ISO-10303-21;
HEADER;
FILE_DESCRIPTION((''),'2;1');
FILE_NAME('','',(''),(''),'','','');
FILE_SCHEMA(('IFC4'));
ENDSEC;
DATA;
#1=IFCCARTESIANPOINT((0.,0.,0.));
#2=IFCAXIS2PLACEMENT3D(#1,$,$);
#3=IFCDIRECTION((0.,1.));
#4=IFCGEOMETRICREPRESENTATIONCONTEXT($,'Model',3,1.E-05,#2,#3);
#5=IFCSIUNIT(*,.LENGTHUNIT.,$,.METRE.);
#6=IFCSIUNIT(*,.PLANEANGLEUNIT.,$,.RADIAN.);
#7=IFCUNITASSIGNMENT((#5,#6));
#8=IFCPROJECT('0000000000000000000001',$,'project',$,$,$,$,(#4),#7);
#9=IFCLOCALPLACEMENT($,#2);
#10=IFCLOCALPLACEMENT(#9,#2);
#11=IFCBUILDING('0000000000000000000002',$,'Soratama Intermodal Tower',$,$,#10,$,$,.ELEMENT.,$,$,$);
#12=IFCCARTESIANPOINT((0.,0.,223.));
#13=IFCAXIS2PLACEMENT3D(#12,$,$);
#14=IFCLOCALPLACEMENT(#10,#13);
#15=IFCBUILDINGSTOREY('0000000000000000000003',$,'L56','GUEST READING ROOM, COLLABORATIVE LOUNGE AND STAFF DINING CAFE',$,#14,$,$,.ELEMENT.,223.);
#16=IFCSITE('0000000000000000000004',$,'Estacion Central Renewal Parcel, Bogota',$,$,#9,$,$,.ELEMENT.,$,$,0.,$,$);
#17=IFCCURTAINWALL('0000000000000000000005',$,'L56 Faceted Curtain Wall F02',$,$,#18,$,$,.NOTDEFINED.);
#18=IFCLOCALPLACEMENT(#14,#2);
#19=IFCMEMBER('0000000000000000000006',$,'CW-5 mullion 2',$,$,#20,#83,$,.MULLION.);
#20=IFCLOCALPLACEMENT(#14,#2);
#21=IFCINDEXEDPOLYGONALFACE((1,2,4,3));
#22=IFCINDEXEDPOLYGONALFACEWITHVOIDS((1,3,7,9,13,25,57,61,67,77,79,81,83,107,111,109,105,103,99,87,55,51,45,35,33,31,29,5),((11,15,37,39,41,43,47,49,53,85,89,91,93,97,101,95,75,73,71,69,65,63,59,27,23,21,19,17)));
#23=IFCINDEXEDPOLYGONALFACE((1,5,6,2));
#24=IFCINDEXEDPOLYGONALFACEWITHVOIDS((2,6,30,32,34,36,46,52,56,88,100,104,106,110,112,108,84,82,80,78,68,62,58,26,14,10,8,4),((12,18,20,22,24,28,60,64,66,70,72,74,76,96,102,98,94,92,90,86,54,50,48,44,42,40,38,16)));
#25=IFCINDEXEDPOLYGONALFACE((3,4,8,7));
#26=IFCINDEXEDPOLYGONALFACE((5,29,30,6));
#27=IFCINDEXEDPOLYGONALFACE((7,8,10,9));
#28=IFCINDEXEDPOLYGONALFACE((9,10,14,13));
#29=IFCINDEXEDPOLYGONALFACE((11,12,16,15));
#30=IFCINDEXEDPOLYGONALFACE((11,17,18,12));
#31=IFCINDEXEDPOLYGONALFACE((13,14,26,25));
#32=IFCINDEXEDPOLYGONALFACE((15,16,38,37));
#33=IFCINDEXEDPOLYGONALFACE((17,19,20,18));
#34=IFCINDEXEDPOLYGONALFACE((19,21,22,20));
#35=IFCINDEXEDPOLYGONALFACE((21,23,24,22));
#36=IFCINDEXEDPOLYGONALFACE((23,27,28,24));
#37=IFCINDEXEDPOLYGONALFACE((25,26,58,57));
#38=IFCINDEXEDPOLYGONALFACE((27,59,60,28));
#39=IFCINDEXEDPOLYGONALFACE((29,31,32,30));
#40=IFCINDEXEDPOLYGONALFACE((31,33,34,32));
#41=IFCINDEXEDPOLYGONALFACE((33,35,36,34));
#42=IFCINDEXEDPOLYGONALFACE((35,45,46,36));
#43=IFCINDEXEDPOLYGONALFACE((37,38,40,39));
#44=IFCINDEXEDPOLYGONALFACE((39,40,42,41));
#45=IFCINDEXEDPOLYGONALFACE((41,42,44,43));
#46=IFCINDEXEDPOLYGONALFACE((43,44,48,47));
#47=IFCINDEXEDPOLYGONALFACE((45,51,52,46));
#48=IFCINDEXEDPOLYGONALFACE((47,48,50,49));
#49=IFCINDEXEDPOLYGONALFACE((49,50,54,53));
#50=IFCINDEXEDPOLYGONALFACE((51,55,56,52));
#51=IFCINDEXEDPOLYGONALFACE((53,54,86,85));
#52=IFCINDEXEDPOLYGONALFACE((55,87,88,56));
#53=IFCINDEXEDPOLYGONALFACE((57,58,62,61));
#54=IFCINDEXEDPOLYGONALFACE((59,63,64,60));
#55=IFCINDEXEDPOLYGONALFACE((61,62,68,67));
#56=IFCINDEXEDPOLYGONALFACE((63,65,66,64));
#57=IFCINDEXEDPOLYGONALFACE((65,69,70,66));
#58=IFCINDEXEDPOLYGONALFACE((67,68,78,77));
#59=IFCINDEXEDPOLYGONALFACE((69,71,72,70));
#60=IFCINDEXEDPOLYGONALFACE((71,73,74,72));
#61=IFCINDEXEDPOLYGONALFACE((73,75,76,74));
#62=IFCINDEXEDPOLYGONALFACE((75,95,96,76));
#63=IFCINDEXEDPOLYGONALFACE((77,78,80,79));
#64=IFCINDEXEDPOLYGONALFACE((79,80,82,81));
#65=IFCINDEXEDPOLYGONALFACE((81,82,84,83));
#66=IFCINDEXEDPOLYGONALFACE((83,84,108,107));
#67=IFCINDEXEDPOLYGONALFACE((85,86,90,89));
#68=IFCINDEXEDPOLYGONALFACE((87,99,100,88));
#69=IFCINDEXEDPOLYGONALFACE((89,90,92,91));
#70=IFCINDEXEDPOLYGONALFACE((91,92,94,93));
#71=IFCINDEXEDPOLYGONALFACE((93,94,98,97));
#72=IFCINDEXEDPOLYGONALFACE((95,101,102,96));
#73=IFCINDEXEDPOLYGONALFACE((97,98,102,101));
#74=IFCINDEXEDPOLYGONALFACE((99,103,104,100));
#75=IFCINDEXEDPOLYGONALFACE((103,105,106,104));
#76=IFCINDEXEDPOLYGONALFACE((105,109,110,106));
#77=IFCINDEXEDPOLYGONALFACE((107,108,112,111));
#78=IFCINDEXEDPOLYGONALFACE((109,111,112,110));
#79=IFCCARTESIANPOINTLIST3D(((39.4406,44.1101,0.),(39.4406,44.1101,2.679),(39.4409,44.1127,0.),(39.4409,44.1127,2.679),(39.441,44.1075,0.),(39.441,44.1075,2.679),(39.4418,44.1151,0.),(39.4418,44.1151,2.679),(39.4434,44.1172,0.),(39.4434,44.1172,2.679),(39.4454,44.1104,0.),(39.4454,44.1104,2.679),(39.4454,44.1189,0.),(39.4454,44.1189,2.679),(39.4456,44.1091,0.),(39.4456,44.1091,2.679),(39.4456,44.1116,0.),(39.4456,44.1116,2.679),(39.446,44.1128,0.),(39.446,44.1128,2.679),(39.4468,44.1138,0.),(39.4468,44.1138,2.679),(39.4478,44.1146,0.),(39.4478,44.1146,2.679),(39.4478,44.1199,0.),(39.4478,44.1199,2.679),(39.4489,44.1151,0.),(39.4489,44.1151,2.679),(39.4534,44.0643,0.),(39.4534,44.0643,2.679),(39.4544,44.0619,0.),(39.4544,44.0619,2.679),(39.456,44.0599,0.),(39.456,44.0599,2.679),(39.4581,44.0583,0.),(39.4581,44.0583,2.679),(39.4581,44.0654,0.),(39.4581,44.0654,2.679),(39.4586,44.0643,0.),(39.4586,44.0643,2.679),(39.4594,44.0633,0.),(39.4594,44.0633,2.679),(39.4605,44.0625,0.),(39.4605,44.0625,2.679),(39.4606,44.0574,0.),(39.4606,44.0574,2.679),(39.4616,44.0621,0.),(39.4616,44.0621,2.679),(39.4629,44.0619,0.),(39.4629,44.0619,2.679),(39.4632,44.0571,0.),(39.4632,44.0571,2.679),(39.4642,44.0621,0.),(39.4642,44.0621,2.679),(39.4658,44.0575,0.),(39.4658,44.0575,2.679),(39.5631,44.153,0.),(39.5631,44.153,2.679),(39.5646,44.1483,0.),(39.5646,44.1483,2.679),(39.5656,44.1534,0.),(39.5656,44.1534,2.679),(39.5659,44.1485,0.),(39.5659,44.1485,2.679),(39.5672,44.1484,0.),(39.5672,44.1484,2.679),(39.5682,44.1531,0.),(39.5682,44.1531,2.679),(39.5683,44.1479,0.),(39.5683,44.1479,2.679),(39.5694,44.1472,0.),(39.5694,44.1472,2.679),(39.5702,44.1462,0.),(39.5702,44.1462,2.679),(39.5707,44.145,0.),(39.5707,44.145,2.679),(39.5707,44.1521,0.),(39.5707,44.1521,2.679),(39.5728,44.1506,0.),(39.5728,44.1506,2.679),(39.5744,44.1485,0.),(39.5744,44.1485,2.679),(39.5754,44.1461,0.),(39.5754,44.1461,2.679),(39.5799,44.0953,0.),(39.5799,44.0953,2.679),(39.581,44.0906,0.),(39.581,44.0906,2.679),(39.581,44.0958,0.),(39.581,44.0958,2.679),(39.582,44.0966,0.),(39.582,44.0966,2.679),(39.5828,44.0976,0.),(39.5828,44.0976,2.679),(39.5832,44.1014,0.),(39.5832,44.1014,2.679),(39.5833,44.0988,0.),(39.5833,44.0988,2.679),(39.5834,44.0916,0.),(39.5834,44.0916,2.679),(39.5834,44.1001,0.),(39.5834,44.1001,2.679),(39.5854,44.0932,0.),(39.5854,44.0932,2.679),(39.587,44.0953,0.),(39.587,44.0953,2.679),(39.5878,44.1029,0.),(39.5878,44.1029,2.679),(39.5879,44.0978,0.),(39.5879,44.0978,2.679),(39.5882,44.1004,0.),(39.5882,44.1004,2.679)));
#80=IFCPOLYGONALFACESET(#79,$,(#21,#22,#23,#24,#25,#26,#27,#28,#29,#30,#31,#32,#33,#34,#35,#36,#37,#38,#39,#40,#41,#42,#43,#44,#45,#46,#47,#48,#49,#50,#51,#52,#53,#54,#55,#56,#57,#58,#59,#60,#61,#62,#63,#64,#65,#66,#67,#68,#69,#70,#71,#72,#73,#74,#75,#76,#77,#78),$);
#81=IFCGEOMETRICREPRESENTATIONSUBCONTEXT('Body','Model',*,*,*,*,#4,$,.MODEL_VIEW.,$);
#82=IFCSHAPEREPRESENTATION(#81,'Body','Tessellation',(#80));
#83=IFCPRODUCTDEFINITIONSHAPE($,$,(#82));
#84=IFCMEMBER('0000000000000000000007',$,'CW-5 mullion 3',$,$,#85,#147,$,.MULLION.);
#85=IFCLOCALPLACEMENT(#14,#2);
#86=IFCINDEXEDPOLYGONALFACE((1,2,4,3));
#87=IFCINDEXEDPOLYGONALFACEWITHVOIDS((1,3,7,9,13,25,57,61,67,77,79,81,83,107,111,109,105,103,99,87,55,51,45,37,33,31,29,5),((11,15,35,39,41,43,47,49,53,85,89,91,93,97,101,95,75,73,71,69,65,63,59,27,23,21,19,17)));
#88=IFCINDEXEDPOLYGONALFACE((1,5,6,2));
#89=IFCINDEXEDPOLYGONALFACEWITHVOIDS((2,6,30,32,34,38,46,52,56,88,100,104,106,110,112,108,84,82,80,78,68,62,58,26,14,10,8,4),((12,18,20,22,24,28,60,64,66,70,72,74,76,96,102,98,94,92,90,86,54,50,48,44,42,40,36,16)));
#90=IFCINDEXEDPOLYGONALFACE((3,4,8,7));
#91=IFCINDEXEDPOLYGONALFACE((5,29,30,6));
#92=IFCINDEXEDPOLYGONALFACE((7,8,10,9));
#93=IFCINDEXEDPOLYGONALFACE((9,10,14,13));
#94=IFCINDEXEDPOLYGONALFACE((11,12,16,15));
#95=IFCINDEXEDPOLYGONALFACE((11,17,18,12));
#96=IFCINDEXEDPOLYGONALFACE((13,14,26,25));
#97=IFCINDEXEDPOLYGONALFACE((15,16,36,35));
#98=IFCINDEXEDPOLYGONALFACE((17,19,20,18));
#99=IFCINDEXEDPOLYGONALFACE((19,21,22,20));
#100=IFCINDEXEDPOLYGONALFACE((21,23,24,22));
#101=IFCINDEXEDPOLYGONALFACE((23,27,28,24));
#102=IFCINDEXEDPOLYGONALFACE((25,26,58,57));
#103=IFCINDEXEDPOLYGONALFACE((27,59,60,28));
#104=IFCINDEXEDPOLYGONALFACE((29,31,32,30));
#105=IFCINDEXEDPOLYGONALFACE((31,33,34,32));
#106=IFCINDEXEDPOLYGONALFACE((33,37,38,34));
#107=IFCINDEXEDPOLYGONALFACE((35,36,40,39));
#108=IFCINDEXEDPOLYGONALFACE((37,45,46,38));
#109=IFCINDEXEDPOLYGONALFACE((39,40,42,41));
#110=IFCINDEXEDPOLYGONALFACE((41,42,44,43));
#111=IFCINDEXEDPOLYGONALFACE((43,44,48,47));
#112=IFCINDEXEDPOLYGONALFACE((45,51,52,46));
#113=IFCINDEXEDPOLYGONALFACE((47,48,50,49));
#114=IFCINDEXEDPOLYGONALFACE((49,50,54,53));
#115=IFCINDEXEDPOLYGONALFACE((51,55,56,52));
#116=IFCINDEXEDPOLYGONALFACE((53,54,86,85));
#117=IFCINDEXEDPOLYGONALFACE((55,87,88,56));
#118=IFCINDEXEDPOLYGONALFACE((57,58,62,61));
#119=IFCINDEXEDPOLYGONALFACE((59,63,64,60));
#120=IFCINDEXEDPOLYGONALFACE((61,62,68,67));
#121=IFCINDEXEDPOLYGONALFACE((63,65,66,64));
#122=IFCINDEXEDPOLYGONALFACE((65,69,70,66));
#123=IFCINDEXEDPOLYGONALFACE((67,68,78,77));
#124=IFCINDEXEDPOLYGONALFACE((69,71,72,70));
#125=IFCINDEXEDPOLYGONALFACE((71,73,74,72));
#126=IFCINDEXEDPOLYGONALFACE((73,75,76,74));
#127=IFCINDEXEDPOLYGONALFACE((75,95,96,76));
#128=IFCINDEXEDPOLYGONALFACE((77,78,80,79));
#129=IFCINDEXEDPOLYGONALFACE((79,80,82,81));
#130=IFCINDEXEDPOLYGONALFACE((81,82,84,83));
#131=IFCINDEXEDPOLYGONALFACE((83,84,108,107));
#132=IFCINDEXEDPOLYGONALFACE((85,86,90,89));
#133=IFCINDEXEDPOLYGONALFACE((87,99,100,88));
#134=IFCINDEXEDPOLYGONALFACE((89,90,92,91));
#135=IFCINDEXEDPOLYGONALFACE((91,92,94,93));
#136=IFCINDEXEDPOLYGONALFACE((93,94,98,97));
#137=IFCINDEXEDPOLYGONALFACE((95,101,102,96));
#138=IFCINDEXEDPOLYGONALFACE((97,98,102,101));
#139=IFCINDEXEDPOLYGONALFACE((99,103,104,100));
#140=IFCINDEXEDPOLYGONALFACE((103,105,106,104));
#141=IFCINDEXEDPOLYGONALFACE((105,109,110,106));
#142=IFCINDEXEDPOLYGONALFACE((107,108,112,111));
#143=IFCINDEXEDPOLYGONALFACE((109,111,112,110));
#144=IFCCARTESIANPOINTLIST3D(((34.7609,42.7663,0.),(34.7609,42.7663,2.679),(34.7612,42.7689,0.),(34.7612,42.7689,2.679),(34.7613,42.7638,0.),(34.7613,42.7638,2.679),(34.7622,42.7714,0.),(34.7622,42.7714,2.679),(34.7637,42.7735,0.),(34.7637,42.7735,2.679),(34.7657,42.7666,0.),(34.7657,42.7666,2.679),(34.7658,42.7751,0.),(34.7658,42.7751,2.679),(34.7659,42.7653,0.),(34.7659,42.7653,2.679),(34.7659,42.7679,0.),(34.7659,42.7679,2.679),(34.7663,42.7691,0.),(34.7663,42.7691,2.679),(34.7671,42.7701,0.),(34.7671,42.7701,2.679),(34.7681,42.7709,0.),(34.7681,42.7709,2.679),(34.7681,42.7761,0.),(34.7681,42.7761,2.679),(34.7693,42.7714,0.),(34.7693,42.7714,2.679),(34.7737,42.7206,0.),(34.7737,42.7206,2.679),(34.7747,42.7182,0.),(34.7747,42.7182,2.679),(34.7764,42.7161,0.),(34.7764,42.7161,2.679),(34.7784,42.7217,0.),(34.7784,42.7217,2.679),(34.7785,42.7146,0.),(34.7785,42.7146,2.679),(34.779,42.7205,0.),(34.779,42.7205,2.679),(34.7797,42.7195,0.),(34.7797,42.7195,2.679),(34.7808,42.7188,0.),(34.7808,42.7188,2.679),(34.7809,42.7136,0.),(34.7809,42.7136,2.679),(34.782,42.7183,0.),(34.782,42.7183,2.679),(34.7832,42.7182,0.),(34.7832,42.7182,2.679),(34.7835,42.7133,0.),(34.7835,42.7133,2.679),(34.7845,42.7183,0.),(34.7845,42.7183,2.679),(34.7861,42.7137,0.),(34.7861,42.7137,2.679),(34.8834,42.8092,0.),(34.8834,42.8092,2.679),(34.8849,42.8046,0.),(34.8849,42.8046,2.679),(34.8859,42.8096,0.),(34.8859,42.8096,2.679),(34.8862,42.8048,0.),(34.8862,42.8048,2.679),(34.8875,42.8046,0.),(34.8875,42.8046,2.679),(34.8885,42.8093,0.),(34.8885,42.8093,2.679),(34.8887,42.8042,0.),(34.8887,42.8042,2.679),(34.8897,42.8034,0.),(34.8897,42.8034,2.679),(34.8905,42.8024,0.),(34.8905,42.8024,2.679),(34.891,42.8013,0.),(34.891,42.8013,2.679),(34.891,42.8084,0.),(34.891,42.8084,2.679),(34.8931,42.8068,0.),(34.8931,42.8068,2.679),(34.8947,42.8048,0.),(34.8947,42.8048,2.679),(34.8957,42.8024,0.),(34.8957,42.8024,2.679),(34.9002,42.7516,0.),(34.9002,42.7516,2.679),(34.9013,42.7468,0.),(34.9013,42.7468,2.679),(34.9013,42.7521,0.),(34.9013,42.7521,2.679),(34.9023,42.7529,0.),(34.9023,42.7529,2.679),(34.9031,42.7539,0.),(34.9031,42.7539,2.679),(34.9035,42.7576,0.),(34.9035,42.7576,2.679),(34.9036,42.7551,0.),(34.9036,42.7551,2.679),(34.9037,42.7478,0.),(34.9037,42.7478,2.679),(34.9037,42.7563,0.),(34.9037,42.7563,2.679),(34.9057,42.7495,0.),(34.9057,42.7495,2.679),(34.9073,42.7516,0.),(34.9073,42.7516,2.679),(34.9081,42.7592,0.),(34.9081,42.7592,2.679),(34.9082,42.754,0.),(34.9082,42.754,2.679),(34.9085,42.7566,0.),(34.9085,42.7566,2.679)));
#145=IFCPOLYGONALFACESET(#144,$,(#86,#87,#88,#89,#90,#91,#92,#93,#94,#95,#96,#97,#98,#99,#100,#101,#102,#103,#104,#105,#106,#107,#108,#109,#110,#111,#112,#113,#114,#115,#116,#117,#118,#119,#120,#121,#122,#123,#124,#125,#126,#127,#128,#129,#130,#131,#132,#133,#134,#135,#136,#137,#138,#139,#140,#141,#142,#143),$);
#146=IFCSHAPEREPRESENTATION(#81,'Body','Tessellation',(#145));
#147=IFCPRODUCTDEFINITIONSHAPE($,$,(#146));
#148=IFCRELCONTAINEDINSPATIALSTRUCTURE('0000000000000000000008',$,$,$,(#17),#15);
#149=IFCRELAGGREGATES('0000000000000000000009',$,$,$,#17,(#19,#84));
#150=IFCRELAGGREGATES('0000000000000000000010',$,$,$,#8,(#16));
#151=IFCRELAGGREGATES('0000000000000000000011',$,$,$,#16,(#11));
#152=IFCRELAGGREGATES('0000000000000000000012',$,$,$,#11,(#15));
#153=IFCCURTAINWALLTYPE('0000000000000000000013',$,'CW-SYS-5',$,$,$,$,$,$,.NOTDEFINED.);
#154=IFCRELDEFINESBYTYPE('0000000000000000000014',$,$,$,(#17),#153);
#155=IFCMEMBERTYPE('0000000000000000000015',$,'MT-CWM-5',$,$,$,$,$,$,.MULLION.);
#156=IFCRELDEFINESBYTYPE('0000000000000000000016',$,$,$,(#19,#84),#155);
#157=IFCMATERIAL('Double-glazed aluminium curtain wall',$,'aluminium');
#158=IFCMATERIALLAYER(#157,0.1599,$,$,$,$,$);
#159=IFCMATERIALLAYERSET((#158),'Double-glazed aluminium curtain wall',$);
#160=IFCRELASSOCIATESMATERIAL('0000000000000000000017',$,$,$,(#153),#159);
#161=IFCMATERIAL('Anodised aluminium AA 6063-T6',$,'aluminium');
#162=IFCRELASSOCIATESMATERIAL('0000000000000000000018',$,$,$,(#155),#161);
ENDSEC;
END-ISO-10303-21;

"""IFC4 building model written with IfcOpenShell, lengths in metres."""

from ifc_helpers import new_model, si_unit, direction, frame, origin, origin_2d, place, context, subcontext, project, spatial, hollow_rectangle, extrude, material, layer, layer_set, material_profile, profile_set, type_object, element, aggregate, save


model = new_model("IFC4")

# Units and contexts
model_context = context("Model", 3, precision=1e-05, world=origin(), true_north=direction((0.0, 1.0)))
body_context = subcontext(model_context, "Body", "Model", "MODEL_VIEW")
ifc_project = project(units=[si_unit("LENGTHUNIT", "METRE"), si_unit("PLANEANGLEUNIT", "RADIAN")], contexts=[model_context])

# Site, building, storey
site_placement = place(None, origin())
site = spatial("IfcSite", under=ifc_project, at=site_placement, Name="Estacion Central Renewal Parcel, Bogota", CompositionType="ELEMENT", RefElevation=0.0)
building_placement = place(site_placement, origin())
building = spatial("IfcBuilding", under=site, at=building_placement, Name="Soratama Intermodal Tower", CompositionType="ELEMENT")
storey_placement = place(building_placement, frame((0.0, 0.0, 223.0)))
storey = spatial("IfcBuildingStorey", under=building, at=storey_placement, Name="L56", Description="GUEST READING ROOM, COLLABORATIVE LOUNGE AND STAFF DINING CAFE", CompositionType="ELEMENT", Elevation=223.0)

# Curtain wall, members
ifc_material_1 = material(Name="Double-glazed aluminium curtain wall", Category="aluminium")
ifc_layer_1 = layer(ifc_material_1, 0.1599)
ifc_layer_set_1 = layer_set([ifc_layer_1], Name="Double-glazed aluminium curtain wall")
curtain_wall_type = type_object("IfcCurtainWallType", Name="CW-SYS-5", PredefinedType="NOTDEFINED", material=ifc_layer_set_1)
curtain_wall_placement = place(storey_placement, origin())
curtain_wall = element("IfcCurtainWall", 1, at=curtain_wall_placement, inside=storey, type_object=curtain_wall_type, Name="L56 Faceted Curtain Wall F02", PredefinedType="NOTDEFINED")
ifc_material_2 = material(Name="Anodised aluminium AA 6063-T6", Category="aluminium")
ifc_material_profile_1 = material_profile(ifc_material_2, hollow_rectangle(XDim=0.0649, YDim=0.1399, WallThickness=0.0049, InnerFilletRadius=0.0049, OuterFilletRadius=0.01, at=origin_2d()), Name="CWM140X65X5")
ifc_profile_set_1 = profile_set([ifc_material_profile_1], Name="Anodised aluminium AA 6063-T6")
member_type_1 = type_object("IfcMemberType", Name="MT-CWM-5", PredefinedType="MULLION", material=ifc_profile_set_1)
member_1_placement = place(storey_placement, frame((39.5144, 44.1052, 0.0), z_axis=(0.0, 0.0, 1.0), x_axis=(0.275973, -0.961165, 0.0)))
member_1 = element("IfcMember", 2, at=member_1_placement, type_object=member_type_1, Name="CW-5 mullion 2", PredefinedType="MULLION", context=body_context, shape_type="SweptSolid", body=[
    extrude(hollow_rectangle(XDim=0.0649, YDim=0.1399, WallThickness=0.0049, InnerFilletRadius=0.0049, OuterFilletRadius=0.01, at=origin_2d()), origin(), (0.0, 0.0, 1.0), 2.679),
])
member_2_placement = place(storey_placement, frame((34.8347, 42.7615, 0.0), z_axis=(0.0, 0.0, 1.0), x_axis=(0.275973, -0.961165, 0.0)))
member_2 = element("IfcMember", 3, at=member_2_placement, type_object=member_type_1, Name="CW-5 mullion 3", PredefinedType="MULLION", context=body_context, shape_type="SweptSolid", body=[
    extrude(hollow_rectangle(XDim=0.0649, YDim=0.1399, WallThickness=0.0049, InnerFilletRadius=0.0049, OuterFilletRadius=0.01, at=origin_2d()), origin(), (0.0, 0.0, 1.0), 2.679),
])
aggregate(curtain_wall, [member_1, member_2])

save(model, "model.ifc")
